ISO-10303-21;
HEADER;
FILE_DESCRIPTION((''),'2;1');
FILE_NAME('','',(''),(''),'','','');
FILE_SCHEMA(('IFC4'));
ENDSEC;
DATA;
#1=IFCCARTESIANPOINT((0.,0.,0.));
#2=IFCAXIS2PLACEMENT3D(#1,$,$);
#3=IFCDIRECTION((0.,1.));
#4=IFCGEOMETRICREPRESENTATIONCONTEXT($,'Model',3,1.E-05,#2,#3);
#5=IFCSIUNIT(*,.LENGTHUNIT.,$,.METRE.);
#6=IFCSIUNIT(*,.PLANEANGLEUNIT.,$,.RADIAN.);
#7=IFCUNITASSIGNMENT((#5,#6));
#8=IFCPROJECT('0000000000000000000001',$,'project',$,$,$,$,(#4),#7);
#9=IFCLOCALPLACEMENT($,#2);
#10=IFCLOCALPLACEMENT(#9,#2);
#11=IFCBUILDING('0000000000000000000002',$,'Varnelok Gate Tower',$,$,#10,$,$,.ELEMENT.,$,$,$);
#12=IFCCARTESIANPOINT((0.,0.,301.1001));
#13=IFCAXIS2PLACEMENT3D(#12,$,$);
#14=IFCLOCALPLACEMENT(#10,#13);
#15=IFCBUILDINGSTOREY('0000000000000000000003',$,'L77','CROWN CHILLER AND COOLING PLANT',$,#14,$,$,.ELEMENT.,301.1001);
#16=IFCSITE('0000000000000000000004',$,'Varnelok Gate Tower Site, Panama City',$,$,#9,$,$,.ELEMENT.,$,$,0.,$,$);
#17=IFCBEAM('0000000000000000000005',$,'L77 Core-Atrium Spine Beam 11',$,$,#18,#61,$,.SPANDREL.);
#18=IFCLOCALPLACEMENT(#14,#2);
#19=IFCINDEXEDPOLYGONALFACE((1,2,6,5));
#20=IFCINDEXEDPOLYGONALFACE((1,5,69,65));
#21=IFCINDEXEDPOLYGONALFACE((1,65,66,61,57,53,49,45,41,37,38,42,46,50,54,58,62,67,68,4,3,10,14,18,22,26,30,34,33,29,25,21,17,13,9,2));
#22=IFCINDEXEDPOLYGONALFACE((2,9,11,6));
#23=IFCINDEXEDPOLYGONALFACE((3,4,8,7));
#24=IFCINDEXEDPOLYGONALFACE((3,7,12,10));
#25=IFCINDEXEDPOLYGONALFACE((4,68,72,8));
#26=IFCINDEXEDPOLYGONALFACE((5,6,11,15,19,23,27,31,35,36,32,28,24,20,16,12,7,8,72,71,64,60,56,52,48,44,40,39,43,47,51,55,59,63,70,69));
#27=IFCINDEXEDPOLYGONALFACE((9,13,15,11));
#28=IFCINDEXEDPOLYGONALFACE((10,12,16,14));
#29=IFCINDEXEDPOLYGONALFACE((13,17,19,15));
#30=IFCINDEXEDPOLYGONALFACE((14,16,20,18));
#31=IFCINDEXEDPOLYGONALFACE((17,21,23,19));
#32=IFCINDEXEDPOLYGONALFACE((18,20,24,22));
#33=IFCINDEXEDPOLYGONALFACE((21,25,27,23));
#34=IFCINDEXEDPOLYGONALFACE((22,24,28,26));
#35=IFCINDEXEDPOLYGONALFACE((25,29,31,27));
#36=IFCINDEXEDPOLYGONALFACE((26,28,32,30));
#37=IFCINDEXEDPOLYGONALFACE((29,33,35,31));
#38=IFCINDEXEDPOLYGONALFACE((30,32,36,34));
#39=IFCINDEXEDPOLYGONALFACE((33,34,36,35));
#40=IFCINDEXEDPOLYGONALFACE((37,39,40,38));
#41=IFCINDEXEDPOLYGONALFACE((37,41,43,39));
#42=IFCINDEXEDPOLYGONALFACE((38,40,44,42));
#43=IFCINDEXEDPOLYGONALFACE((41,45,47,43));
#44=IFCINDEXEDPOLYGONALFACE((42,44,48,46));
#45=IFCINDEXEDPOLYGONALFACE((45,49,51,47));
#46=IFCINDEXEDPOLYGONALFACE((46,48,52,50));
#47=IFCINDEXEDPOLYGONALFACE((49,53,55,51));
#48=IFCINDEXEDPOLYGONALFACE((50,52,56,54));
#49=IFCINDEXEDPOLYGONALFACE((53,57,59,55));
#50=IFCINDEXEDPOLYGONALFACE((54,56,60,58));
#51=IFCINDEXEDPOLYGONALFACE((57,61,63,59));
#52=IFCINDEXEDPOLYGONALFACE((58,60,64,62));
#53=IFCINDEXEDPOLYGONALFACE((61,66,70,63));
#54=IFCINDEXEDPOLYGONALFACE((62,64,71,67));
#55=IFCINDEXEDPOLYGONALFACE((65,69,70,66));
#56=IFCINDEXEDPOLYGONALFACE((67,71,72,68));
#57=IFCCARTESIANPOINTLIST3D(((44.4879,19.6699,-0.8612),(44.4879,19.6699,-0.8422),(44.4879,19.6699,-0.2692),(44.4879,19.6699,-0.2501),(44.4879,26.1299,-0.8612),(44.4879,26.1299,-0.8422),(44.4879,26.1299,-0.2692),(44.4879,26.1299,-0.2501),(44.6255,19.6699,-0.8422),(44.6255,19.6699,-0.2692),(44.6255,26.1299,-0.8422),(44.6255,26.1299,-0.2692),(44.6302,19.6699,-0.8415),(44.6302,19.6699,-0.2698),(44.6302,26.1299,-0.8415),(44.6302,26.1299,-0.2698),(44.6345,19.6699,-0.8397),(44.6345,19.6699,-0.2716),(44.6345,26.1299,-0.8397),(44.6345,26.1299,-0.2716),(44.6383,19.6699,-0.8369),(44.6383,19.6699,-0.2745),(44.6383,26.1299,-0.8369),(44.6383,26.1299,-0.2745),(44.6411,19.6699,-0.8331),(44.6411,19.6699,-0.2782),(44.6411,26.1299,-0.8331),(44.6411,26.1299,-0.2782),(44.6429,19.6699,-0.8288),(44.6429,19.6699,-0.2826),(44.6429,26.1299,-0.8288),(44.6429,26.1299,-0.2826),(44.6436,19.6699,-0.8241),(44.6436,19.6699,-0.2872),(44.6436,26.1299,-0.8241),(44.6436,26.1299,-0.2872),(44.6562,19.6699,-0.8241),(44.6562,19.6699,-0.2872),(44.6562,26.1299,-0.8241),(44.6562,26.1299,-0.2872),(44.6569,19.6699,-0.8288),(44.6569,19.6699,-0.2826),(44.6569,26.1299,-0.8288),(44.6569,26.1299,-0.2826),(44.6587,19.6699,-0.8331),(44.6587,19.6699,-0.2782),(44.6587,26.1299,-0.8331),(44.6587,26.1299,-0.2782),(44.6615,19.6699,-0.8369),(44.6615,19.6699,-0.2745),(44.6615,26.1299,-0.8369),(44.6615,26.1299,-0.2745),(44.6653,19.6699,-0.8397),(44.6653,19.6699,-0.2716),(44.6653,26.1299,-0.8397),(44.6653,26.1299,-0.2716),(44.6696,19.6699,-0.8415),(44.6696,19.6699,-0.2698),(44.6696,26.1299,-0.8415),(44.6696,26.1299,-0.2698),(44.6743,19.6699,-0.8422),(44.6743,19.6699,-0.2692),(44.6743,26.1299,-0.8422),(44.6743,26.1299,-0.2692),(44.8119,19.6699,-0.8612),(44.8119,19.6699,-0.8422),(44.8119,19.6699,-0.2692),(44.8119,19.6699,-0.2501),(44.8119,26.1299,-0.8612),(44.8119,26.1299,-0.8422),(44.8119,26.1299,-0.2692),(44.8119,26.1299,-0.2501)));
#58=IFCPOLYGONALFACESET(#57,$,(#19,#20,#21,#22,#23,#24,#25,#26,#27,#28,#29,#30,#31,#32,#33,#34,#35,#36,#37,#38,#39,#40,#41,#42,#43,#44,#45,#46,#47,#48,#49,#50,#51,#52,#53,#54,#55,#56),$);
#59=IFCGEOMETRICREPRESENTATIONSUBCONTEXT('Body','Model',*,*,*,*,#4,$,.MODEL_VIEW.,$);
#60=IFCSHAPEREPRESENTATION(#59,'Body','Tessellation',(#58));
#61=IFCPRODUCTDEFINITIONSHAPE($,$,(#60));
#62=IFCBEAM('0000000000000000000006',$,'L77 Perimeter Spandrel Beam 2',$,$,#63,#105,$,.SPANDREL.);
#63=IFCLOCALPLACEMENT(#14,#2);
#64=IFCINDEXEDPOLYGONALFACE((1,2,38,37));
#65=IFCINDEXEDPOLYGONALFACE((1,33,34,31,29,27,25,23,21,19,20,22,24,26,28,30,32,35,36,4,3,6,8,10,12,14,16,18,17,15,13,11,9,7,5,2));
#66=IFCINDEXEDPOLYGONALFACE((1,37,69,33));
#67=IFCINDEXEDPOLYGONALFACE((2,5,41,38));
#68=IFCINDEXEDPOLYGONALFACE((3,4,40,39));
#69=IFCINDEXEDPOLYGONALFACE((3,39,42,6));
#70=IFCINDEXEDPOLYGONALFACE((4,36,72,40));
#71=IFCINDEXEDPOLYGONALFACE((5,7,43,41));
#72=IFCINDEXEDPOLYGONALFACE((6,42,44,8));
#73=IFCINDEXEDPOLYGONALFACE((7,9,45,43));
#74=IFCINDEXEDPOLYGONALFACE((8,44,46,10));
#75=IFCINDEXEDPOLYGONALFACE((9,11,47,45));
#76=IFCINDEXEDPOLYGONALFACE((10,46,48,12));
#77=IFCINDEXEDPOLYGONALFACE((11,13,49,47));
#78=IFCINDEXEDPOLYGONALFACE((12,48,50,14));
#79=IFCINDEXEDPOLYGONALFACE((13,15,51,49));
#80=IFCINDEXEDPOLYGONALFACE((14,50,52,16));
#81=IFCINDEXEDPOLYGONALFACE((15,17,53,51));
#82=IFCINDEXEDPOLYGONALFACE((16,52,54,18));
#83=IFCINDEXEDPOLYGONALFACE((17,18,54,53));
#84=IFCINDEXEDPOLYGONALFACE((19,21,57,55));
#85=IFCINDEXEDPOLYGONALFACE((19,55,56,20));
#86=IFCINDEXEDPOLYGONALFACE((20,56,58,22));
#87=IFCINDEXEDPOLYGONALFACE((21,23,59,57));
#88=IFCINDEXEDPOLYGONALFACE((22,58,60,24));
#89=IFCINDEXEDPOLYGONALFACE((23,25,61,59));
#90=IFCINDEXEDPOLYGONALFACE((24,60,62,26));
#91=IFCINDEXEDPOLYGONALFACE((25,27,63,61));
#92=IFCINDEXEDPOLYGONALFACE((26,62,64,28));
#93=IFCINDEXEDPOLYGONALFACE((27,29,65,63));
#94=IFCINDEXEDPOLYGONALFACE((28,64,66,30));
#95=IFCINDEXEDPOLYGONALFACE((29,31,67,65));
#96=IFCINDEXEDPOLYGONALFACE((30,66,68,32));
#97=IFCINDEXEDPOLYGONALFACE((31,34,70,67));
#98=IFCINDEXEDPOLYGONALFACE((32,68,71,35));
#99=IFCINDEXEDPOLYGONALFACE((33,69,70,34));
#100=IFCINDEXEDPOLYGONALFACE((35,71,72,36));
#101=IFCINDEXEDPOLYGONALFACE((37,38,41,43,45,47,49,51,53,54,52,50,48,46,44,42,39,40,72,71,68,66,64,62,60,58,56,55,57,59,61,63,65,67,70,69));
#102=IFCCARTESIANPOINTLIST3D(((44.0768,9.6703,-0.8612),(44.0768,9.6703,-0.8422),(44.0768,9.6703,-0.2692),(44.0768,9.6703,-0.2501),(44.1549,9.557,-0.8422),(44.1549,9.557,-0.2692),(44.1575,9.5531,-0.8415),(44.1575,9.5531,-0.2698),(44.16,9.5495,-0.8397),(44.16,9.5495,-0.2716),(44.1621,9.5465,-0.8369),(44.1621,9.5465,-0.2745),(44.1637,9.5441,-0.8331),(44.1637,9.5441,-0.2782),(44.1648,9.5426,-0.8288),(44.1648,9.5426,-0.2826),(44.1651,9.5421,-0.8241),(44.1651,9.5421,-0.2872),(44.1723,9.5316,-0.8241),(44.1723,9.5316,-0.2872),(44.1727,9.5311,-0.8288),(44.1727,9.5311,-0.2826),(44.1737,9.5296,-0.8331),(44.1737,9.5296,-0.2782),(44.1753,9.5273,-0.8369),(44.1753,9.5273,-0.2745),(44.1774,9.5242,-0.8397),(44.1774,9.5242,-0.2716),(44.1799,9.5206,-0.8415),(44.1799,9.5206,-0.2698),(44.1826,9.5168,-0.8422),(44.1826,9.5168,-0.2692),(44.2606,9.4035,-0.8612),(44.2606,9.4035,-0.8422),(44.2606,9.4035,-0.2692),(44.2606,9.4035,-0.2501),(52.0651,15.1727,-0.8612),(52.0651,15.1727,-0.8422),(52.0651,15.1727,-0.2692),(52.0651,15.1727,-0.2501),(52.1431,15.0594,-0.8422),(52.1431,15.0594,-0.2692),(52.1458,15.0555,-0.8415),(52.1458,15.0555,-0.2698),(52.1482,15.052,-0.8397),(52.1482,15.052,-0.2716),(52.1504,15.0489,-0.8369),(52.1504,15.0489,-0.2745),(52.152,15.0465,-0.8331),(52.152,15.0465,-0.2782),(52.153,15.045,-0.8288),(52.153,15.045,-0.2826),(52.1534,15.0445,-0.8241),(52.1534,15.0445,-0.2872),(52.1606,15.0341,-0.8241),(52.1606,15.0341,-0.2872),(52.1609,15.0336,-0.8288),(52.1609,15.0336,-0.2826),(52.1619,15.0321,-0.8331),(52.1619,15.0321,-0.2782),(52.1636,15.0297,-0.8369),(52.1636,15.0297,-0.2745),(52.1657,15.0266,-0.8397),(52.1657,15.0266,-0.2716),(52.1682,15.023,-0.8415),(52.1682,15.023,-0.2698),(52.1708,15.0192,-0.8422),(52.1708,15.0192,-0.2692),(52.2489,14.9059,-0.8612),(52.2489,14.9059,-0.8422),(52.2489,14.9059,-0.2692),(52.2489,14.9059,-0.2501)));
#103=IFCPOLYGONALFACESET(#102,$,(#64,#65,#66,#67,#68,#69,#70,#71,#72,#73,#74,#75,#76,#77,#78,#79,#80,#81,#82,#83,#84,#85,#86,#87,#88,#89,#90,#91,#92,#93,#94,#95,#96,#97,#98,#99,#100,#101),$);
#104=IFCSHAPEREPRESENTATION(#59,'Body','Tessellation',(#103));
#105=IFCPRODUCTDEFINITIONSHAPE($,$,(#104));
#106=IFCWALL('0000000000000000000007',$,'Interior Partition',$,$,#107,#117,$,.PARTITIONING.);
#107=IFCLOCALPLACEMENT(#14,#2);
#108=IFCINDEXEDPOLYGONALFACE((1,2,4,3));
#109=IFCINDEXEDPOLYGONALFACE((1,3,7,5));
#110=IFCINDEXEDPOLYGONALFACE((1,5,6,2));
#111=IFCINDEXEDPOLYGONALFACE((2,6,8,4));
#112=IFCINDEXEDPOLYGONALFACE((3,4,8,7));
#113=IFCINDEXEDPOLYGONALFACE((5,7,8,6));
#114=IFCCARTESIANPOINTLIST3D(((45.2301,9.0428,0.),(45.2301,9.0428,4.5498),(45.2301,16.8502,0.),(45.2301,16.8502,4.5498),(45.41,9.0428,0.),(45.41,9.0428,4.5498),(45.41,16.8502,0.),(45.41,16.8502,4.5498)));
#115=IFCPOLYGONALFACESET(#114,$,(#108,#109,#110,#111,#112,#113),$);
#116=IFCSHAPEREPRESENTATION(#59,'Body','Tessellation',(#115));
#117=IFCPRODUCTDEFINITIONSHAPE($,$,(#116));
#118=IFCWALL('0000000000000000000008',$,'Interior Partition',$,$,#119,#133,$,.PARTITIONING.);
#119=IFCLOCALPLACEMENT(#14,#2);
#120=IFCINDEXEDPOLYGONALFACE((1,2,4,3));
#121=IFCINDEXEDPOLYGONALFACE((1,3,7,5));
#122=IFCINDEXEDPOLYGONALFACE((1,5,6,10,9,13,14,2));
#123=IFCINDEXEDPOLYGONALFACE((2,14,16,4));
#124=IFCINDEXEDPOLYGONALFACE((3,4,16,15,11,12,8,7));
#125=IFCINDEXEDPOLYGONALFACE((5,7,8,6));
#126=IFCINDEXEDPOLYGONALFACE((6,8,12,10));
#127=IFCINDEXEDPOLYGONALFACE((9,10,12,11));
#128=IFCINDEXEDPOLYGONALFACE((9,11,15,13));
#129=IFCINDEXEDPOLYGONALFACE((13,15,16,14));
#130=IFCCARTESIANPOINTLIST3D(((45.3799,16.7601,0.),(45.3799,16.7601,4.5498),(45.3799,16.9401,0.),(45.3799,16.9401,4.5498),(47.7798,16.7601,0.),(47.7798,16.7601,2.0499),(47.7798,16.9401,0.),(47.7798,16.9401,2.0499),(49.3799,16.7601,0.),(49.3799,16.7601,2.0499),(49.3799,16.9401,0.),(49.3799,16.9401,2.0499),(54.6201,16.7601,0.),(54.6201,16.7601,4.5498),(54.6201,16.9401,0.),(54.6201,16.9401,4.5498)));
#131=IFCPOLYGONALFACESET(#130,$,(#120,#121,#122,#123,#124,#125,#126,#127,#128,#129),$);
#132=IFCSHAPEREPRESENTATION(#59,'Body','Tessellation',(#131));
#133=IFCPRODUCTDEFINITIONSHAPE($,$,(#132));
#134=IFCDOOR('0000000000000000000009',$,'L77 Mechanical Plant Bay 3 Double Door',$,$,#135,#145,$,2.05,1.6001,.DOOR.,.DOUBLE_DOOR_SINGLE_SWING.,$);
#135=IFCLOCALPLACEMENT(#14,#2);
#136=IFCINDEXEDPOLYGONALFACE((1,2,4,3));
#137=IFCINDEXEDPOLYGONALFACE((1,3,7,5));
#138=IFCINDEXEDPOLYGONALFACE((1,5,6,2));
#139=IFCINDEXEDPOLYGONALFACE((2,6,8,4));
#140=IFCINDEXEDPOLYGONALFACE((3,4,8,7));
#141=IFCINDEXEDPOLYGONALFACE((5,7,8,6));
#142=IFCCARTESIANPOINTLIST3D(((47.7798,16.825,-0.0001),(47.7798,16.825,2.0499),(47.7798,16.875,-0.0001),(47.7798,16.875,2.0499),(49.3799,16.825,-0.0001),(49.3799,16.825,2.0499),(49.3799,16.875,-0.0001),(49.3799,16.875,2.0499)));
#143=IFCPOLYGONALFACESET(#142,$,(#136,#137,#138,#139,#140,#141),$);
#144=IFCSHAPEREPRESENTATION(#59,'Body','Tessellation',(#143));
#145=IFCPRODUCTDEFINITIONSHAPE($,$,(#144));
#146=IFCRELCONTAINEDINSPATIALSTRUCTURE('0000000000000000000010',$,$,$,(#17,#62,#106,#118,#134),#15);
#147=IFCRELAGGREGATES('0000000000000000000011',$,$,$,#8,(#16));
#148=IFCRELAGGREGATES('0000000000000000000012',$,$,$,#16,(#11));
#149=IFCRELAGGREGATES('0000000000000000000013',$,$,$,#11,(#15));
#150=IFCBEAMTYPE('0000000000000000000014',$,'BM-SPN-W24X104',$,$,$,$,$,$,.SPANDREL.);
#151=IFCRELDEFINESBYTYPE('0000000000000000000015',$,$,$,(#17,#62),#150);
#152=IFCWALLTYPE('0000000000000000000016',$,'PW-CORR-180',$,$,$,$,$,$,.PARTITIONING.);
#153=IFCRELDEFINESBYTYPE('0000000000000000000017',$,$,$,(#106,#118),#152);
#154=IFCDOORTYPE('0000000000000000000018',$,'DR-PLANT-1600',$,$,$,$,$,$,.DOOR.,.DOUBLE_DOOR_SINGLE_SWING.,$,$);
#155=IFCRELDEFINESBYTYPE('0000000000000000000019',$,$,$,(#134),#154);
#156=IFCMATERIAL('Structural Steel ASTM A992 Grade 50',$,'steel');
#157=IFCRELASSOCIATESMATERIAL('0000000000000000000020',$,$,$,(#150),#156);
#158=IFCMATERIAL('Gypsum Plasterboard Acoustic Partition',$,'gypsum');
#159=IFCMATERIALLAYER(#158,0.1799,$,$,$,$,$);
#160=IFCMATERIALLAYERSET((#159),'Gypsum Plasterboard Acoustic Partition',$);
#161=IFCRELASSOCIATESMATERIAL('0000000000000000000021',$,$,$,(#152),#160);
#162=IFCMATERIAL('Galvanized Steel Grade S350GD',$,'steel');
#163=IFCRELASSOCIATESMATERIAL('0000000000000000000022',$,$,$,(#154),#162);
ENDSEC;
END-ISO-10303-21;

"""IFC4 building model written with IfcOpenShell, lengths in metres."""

from ifc_helpers import new_model, si_unit, direction, frame, frame_2d, origin, origin_2d, place, context, subcontext, project, spatial, rectangle, i_section, extrude, material, layer, layer_set, material_profile, profile_set, type_object, element, fill, save


model = new_model("IFC4")

# Units and contexts
model_context = context("Model", 3, precision=1e-05, world=origin(), true_north=direction((0.0, 1.0)))
body_context = subcontext(model_context, "Body", "Model", "MODEL_VIEW")
ifc_project = project(units=[si_unit("LENGTHUNIT", "METRE"), si_unit("PLANEANGLEUNIT", "RADIAN")], contexts=[model_context])

# Site, building, storey
site_placement = place(None, origin())
site = spatial("IfcSite", under=ifc_project, at=site_placement, Name="Varnelok Gate Tower Site, Panama City", CompositionType="ELEMENT", RefElevation=0.0)
building_placement = place(site_placement, origin())
building = spatial("IfcBuilding", under=site, at=building_placement, Name="Varnelok Gate Tower", CompositionType="ELEMENT")
storey_placement = place(building_placement, frame((0.0, 0.0, 301.1001)))
storey = spatial("IfcBuildingStorey", under=building, at=storey_placement, Name="L77", Description="CROWN CHILLER AND COOLING PLANT", CompositionType="ELEMENT", Elevation=301.1001)

# Shared definitions
ifc_material_1 = material(Name="Structural Steel ASTM A992 Grade 50", Category="steel")

# Beams
ifc_material_profile_1 = material_profile(ifc_material_1, i_section(OverallWidth=0.324, OverallDepth=0.6111, WebThickness=0.0127, FlangeThickness=0.019, FilletRadius=0.0181, at=origin_2d()), Name="W24X104")
ifc_profile_set_1 = profile_set([ifc_material_profile_1], Name="Structural Steel ASTM A992 Grade 50")
beam_type_1 = type_object("IfcBeamType", Name="BM-SPN-W24X104", PredefinedType="SPANDREL", material=ifc_profile_set_1)
beam_1_placement = place(storey_placement, frame((44.6499, 19.6699, -0.5557), z_axis=(0.0, 1.0, 0.0), x_axis=(-1.0, 0.0, 0.0)))
element("IfcBeam", 1, at=beam_1_placement, inside=storey, type_object=beam_type_1, Name="L77 Core-Atrium Spine Beam 11", PredefinedType="SPANDREL", context=body_context, shape_type="SweptSolid", body=[
    extrude(i_section(OverallWidth=0.324, OverallDepth=0.6111, WebThickness=0.0127, FlangeThickness=0.019, FilletRadius=0.0181, at=origin_2d()), origin(), (0.0, 0.0, 1.0), 6.46),
])
beam_2_placement = place(storey_placement, frame((44.1687, 9.5369, -0.5557), z_axis=(0.823536, 0.567264, 0.0), x_axis=(-0.567264, 0.823536, 0.0)))
element("IfcBeam", 2, at=beam_2_placement, inside=storey, type_object=beam_type_1, Name="L77 Perimeter Spandrel Beam 2", PredefinedType="SPANDREL", context=body_context, shape_type="SweptSolid", body=[
    extrude(i_section(OverallWidth=0.324, OverallDepth=0.6111, WebThickness=0.0127, FlangeThickness=0.019, FilletRadius=0.0181, at=origin_2d()), origin(), (0.0, 0.0, 1.0), 9.7),
])

# Wall
ifc_material_2 = material(Name="Gypsum Plasterboard Acoustic Partition", Category="gypsum")
ifc_layer_1 = layer(ifc_material_2, 0.1799)
ifc_layer_set_1 = layer_set([ifc_layer_1], Name="Gypsum Plasterboard Acoustic Partition")
wall_type_1 = type_object("IfcWallType", Name="PW-CORR-180", PredefinedType="PARTITIONING", material=ifc_layer_set_1)
wall_1_placement = place(storey_placement, frame((45.3201, 9.0427, 0.0), z_axis=(0.0, 0.0, 1.0), x_axis=(0.0, 1.0, 0.0)))
element("IfcWall", 3, at=wall_1_placement, inside=storey, type_object=wall_type_1, Name="Interior Partition", PredefinedType="PARTITIONING", context=body_context, shape_type="SweptSolid", body=[
    extrude(rectangle(XDim=7.8074, YDim=0.1799, at=frame_2d((3.9038, 0.0))), origin(), (0.0, 0.0, 1.0), 4.5498),
])

# Wall, opening, door
wall_2_placement = place(storey_placement, frame((45.3799, 16.8501, 0.0), z_axis=(0.0, 0.0, 1.0), x_axis=(1.0, 0.0, 0.0)))
wall_2 = element("IfcWall", 4, at=wall_2_placement, inside=storey, type_object=wall_type_1, Name="Interior Partition", PredefinedType="PARTITIONING", context=body_context, shape_type="SweptSolid", body=[
    extrude(rectangle(XDim=9.2402, YDim=0.1799, at=frame_2d((4.6201, 0.0))), origin(), (0.0, 0.0, 1.0), 4.5498),
])
opening_1_placement = place(wall_2_placement, frame((2.3999, 0.0, 0.0)))
opening_1 = element("IfcOpeningElement", 5, at=opening_1_placement, cuts=wall_2, PredefinedType="OPENING", context=body_context, shape_type="SweptSolid", body=[
    extrude(rectangle(XDim=1.6001, YDim=2.05, at=frame_2d((0.8, 1.0249))), frame((0.0, 0.0999, 0.0), z_axis=(0.0, -1.0, 0.0), x_axis=(1.0, 0.0, 0.0)), (0.0, 0.0, 1.0), 0.2),
])
ifc_material_3 = material(Name="Galvanized Steel Grade S350GD", Category="steel")
door_type_1 = type_object("IfcDoorType", Name="DR-PLANT-1600", OperationType="DOUBLE_DOOR_SINGLE_SWING", PredefinedType="DOOR", material=ifc_material_3)
door_1_placement = place(opening_1_placement, origin())
door_1 = element("IfcDoor", 6, at=door_1_placement, inside=storey, type_object=door_type_1, Name="L77 Mechanical Plant Bay 3 Double Door", OperationType="DOUBLE_DOOR_SINGLE_SWING", OverallHeight=2.05, OverallWidth=1.6001, PredefinedType="DOOR", context=body_context, shape_type="SweptSolid", body=[
    extrude(rectangle(XDim=1.6001, YDim=2.05, at=frame_2d((0.8, 1.0249))), frame((0.0, 0.0249, 0.0), z_axis=(0.0, -1.0, 0.0), x_axis=(1.0, 0.0, 0.0)), (0.0, 0.0, 1.0), 0.05),
])
fill(opening_1, door_1)

save(model, "model.ifc")
